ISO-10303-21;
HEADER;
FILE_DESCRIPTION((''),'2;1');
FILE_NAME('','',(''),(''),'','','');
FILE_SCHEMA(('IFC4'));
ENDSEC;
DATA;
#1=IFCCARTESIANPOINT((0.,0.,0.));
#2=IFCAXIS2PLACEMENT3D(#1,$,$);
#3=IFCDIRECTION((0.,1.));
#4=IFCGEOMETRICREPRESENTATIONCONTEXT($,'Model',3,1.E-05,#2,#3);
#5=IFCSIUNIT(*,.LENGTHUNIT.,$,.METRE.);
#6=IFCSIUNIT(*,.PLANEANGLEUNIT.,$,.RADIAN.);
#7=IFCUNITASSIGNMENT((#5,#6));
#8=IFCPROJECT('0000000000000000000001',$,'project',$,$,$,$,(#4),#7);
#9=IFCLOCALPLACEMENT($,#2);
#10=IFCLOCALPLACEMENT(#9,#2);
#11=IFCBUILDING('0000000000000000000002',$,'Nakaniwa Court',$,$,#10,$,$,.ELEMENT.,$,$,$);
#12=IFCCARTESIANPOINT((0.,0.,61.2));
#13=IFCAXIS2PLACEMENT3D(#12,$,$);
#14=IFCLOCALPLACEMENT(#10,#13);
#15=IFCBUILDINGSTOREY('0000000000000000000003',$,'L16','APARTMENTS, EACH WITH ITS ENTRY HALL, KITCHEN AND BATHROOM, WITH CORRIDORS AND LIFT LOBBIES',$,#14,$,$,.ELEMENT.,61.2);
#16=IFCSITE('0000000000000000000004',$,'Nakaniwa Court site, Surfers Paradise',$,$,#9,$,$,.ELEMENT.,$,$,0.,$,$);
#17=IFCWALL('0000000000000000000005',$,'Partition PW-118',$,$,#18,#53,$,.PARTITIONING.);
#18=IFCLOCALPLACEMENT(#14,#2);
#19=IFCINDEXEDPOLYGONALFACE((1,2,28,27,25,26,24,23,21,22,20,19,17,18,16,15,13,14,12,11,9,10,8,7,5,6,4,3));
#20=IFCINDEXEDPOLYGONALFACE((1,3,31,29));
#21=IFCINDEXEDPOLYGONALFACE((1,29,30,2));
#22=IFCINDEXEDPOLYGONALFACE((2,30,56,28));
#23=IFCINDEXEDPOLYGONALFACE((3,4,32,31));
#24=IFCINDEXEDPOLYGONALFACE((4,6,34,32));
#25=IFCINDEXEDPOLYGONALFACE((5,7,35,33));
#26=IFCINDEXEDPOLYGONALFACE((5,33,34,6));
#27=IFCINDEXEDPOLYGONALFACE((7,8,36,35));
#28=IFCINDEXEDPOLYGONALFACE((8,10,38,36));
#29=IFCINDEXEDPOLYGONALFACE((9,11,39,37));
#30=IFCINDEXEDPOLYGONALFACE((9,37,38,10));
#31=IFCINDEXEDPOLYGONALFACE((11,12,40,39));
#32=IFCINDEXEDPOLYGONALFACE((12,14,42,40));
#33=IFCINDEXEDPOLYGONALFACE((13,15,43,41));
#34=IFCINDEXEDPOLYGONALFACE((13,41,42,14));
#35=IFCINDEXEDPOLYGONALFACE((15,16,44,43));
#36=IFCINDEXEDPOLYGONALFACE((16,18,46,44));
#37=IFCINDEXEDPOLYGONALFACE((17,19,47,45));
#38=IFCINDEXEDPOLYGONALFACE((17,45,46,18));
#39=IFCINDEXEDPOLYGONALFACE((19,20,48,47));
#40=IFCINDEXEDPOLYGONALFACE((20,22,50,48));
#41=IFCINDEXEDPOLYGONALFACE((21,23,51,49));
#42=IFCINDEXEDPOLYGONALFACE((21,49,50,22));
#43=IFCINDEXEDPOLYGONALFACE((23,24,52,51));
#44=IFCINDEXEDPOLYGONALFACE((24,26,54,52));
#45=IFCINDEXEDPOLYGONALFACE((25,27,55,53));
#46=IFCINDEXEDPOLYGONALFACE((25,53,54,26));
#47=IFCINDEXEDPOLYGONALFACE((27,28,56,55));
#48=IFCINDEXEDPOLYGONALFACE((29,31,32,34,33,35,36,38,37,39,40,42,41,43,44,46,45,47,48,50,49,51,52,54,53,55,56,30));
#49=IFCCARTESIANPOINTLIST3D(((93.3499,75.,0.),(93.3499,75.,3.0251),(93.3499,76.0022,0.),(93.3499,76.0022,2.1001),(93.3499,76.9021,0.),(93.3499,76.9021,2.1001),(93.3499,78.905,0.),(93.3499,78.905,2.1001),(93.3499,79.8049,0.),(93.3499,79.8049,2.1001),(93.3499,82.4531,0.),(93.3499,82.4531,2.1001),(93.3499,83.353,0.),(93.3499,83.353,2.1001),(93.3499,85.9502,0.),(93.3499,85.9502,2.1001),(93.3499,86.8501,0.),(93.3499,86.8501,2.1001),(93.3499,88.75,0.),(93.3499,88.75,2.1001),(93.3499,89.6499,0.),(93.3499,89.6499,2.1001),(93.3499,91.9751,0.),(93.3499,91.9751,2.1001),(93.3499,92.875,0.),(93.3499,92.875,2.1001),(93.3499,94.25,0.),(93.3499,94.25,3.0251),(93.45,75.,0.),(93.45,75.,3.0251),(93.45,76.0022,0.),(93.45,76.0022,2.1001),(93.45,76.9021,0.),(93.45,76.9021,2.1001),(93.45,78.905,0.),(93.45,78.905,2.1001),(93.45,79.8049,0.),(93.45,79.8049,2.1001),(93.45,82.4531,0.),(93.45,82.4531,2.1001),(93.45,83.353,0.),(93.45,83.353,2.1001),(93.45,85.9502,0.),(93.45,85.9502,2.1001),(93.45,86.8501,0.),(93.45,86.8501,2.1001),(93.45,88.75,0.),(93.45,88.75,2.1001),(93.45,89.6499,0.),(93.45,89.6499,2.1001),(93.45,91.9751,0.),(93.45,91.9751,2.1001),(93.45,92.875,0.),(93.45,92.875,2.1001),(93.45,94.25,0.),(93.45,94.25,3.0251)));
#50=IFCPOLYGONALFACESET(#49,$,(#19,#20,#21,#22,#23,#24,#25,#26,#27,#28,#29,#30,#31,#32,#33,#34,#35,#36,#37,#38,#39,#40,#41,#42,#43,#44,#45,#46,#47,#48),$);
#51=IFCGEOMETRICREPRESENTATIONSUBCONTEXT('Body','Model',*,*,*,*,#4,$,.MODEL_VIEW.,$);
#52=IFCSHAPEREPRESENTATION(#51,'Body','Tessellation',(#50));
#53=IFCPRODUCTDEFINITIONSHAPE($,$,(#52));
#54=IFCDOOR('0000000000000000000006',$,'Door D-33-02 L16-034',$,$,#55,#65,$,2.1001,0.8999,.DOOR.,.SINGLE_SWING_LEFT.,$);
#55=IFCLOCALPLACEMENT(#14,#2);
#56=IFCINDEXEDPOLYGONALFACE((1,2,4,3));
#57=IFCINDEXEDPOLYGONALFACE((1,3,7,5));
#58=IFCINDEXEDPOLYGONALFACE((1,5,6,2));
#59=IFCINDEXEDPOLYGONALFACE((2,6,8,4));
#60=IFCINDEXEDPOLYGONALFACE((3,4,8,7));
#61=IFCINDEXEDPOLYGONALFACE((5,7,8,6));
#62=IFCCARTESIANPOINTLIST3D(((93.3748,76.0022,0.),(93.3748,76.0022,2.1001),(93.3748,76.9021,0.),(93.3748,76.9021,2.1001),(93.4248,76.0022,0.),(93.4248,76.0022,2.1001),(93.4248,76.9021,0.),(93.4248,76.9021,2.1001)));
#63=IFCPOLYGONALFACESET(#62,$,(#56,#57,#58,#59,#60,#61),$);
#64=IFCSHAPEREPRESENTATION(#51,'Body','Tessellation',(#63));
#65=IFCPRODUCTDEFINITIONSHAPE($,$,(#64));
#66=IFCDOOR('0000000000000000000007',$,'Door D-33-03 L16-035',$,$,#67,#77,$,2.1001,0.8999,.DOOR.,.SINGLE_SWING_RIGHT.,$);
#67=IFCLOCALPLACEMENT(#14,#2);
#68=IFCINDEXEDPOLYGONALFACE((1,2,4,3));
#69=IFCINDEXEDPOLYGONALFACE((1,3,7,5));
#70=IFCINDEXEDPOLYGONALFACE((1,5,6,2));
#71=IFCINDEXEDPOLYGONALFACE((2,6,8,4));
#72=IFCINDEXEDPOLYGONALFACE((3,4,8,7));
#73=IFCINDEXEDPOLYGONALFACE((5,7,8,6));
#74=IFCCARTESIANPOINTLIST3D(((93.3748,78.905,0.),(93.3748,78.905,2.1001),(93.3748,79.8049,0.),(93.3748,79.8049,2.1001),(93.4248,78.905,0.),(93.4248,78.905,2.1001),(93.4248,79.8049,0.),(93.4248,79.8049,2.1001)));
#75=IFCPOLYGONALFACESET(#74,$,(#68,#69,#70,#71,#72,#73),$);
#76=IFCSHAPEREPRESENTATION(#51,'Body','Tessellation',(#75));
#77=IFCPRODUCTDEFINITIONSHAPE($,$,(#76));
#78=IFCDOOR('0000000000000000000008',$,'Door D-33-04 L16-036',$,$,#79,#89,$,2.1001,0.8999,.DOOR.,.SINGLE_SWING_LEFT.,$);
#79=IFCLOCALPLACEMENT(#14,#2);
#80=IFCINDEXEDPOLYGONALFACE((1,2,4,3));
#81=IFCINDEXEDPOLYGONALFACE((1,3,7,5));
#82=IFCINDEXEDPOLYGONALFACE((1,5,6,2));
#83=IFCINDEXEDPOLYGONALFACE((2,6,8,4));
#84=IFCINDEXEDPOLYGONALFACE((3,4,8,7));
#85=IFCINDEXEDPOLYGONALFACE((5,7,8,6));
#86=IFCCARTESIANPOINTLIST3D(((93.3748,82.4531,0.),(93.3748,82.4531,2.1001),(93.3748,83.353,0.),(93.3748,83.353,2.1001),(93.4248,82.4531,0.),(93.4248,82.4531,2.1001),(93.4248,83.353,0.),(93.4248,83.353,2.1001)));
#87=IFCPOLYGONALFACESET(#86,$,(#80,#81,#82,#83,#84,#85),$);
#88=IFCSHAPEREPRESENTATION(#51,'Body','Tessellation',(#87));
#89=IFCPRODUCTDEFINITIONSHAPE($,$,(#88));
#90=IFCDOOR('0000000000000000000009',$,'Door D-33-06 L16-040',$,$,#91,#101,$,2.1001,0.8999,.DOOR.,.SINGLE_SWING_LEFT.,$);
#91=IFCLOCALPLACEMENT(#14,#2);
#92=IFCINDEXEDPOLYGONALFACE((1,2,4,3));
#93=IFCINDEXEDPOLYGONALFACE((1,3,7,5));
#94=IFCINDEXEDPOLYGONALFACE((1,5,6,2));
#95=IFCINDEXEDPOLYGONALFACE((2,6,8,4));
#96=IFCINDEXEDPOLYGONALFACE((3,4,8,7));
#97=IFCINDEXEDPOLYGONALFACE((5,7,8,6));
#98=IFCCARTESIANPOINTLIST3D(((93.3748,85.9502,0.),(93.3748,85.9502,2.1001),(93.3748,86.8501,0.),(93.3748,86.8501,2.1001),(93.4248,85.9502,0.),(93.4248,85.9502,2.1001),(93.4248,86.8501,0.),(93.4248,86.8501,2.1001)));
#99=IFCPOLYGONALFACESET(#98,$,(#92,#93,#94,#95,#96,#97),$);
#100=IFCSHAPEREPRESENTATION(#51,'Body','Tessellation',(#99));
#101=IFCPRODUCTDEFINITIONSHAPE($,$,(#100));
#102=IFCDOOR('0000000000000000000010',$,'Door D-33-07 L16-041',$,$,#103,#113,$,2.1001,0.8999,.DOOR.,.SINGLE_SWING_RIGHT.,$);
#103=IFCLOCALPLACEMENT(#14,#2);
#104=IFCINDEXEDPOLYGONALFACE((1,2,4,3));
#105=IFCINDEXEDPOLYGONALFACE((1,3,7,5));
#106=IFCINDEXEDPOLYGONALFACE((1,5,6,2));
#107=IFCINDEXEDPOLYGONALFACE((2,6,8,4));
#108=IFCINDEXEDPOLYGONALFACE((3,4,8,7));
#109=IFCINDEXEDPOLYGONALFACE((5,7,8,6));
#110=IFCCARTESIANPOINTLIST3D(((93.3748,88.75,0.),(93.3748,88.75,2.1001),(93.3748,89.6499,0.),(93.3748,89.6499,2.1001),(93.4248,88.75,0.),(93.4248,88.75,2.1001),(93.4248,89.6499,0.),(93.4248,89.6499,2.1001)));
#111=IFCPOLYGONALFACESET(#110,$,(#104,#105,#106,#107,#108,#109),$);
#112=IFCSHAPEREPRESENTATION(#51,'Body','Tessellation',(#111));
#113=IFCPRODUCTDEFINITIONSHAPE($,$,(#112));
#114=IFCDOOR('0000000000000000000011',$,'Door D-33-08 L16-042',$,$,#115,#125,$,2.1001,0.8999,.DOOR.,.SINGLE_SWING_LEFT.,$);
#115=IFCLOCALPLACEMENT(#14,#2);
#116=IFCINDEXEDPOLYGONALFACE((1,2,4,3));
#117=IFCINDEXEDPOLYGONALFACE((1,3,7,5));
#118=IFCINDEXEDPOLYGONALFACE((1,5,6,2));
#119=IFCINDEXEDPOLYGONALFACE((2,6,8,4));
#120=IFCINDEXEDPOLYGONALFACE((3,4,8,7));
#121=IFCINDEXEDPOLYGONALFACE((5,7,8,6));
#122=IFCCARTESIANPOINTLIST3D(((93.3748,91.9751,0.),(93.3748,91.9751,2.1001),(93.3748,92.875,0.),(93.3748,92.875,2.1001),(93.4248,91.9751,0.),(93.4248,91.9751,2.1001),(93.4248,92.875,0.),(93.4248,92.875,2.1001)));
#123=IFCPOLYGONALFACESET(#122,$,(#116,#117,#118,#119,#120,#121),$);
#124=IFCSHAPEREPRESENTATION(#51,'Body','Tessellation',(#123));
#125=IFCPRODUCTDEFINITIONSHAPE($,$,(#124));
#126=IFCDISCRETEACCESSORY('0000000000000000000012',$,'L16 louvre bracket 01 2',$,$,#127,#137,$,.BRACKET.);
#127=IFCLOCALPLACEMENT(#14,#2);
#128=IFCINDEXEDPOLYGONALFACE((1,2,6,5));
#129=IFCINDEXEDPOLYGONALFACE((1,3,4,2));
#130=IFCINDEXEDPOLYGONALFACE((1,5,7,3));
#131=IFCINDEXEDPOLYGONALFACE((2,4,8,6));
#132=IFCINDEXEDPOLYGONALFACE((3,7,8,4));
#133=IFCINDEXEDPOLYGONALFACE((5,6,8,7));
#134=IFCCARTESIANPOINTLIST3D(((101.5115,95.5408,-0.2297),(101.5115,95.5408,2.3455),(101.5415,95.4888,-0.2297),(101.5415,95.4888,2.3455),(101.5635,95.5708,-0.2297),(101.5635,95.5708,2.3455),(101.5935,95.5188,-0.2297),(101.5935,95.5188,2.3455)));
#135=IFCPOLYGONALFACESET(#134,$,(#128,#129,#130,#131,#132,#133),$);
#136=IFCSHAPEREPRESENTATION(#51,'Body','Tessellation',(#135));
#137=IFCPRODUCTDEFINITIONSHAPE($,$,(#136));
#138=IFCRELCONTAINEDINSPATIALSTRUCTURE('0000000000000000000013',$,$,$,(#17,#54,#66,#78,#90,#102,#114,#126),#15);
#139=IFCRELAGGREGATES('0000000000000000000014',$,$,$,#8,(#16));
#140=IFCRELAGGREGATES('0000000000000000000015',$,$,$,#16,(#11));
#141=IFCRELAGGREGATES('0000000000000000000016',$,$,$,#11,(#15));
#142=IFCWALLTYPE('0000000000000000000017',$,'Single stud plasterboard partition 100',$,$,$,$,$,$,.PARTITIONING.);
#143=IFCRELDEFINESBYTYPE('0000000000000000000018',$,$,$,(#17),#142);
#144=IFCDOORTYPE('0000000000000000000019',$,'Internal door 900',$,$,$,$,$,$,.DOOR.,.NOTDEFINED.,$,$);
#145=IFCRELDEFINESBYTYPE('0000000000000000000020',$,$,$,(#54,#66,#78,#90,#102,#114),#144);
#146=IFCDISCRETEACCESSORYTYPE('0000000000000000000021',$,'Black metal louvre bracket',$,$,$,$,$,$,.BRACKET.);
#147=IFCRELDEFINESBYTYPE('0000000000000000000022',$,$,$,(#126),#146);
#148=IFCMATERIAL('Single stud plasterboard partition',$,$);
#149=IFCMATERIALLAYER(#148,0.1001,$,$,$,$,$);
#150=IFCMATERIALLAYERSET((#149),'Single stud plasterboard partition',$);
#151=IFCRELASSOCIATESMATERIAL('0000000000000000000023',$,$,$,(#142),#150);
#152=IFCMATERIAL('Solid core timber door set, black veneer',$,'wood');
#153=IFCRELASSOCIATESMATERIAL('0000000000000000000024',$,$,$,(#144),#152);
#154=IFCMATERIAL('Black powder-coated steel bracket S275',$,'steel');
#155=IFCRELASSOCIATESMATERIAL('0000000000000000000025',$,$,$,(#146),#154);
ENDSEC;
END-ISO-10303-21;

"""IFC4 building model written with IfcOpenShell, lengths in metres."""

from ifc_helpers import new_model, si_unit, direction, frame, frame_2d, origin, origin_2d, place, context, subcontext, project, spatial, rectangle, extrude, material, layer, layer_set, type_object, element, fill, save


model = new_model("IFC4")

# Units and contexts
model_context = context("Model", 3, precision=1e-05, world=origin(), true_north=direction((0.0, 1.0)))
body_context = subcontext(model_context, "Body", "Model", "MODEL_VIEW")
ifc_project = project(units=[si_unit("LENGTHUNIT", "METRE"), si_unit("PLANEANGLEUNIT", "RADIAN")], contexts=[model_context])

# Site, building, storey
site_placement = place(None, origin())
site = spatial("IfcSite", under=ifc_project, at=site_placement, Name="Nakaniwa Court site, Surfers Paradise", CompositionType="ELEMENT", RefElevation=0.0)
building_placement = place(site_placement, origin())
building = spatial("IfcBuilding", under=site, at=building_placement, Name="Nakaniwa Court", CompositionType="ELEMENT")
storey_placement = place(building_placement, frame((0.0, 0.0, 61.2)))
storey = spatial("IfcBuildingStorey", under=building, at=storey_placement, Name="L16", Description="APARTMENTS, EACH WITH ITS ENTRY HALL, KITCHEN AND BATHROOM, WITH CORRIDORS AND LIFT LOBBIES", CompositionType="ELEMENT", Elevation=61.2)

# Shared definitions
ifc_material_1 = material(Name="Solid core timber door set, black veneer", Category="wood")

# Wall, openings, doors
ifc_material_2 = material(Name="Single stud plasterboard partition")
ifc_layer_1 = layer(ifc_material_2, 0.1001)
ifc_layer_set_1 = layer_set([ifc_layer_1], Name="Single stud plasterboard partition")
wall_type_1 = type_object("IfcWallType", Name="Single stud plasterboard partition 100", PredefinedType="PARTITIONING", material=ifc_layer_set_1)
wall_1_placement = place(storey_placement, frame((93.3999, 94.25, 0.0), z_axis=(0.0, 0.0, 1.0), x_axis=(0.0, -1.0, 0.0)))
wall_1 = element("IfcWall", 1, at=wall_1_placement, inside=storey, type_object=wall_type_1, Name="Partition PW-118", PredefinedType="PARTITIONING", context=body_context, shape_type="SweptSolid", body=[
    extrude(rectangle(XDim=19.25, YDim=0.1001, at=frame_2d((9.625, 0.0))), origin(), (0.0, 0.0, 1.0), 3.0251),
])
opening_1_placement = place(wall_1_placement, frame((17.3479, 0.0, 0.0)))
opening_1 = element("IfcOpeningElement", 2, at=opening_1_placement, cuts=wall_1, PredefinedType="OPENING", context=body_context, shape_type="SweptSolid", body=[
    extrude(rectangle(XDim=0.8999, YDim=2.1001, at=frame_2d((0.45, 1.05))), frame((0.0, 0.0601, 0.0), z_axis=(0.0, -1.0, 0.0), x_axis=(1.0, 0.0, 0.0)), (0.0, 0.0, 1.0), 0.1201),
])
opening_2_placement = place(wall_1_placement, frame((14.4451, 0.0, 0.0)))
opening_2 = element("IfcOpeningElement", 3, at=opening_2_placement, cuts=wall_1, PredefinedType="OPENING", context=body_context, shape_type="SweptSolid", body=[
    extrude(rectangle(XDim=0.8999, YDim=2.1001, at=frame_2d((0.45, 1.05))), frame((0.0, 0.0601, 0.0), z_axis=(0.0, -1.0, 0.0), x_axis=(1.0, 0.0, 0.0)), (0.0, 0.0, 1.0), 0.1201),
])
opening_3_placement = place(wall_1_placement, frame((10.897, 0.0, 0.0)))
opening_3 = element("IfcOpeningElement", 4, at=opening_3_placement, cuts=wall_1, PredefinedType="OPENING", context=body_context, shape_type="SweptSolid", body=[
    extrude(rectangle(XDim=0.8999, YDim=2.1001, at=frame_2d((0.45, 1.05))), frame((0.0, 0.0601, 0.0), z_axis=(0.0, -1.0, 0.0), x_axis=(1.0, 0.0, 0.0)), (0.0, 0.0, 1.0), 0.1201),
])
opening_4_placement = place(wall_1_placement, frame((7.3999, 0.0, 0.0)))
opening_4 = element("IfcOpeningElement", 5, at=opening_4_placement, cuts=wall_1, PredefinedType="OPENING", context=body_context, shape_type="SweptSolid", body=[
    extrude(rectangle(XDim=0.8999, YDim=2.1001, at=frame_2d((0.45, 1.05))), frame((0.0, 0.0601, 0.0), z_axis=(0.0, -1.0, 0.0), x_axis=(1.0, 0.0, 0.0)), (0.0, 0.0, 1.0), 0.1201),
])
opening_5_placement = place(wall_1_placement, frame((4.6001, 0.0, 0.0)))
opening_5 = element("IfcOpeningElement", 6, at=opening_5_placement, cuts=wall_1, PredefinedType="OPENING", context=body_context, shape_type="SweptSolid", body=[
    extrude(rectangle(XDim=0.8999, YDim=2.1001, at=frame_2d((0.45, 1.05))), frame((0.0, 0.0601, 0.0), z_axis=(0.0, -1.0, 0.0), x_axis=(1.0, 0.0, 0.0)), (0.0, 0.0, 1.0), 0.1201),
])
opening_6_placement = place(wall_1_placement, frame((1.375, 0.0, 0.0)))
opening_6 = element("IfcOpeningElement", 7, at=opening_6_placement, cuts=wall_1, PredefinedType="OPENING", context=body_context, shape_type="SweptSolid", body=[
    extrude(rectangle(XDim=0.8999, YDim=2.1001, at=frame_2d((0.45, 1.05))), frame((0.0, 0.0601, 0.0), z_axis=(0.0, -1.0, 0.0), x_axis=(1.0, 0.0, 0.0)), (0.0, 0.0, 1.0), 0.1201),
])
door_type_1 = type_object("IfcDoorType", Name="Internal door 900", OperationType="NOTDEFINED", PredefinedType="DOOR", material=ifc_material_1)
door_1_placement = place(opening_1_placement, origin())
door_1 = element("IfcDoor", 8, at=door_1_placement, inside=storey, type_object=door_type_1, Name="Door D-33-02 L16-034", OperationType="SINGLE_SWING_LEFT", OverallHeight=2.1001, OverallWidth=0.8999, PredefinedType="DOOR", context=body_context, shape_type="SweptSolid", body=[
    extrude(rectangle(XDim=0.8999, YDim=2.1001, at=frame_2d((0.45, 1.05))), frame((0.0, 0.0249, 0.0), z_axis=(0.0, -1.0, 0.0), x_axis=(1.0, 0.0, 0.0)), (0.0, 0.0, 1.0), 0.05),
])
fill(opening_1, door_1)
door_2_placement = place(opening_2_placement, origin())
door_2 = element("IfcDoor", 9, at=door_2_placement, inside=storey, type_object=door_type_1, Name="Door D-33-03 L16-035", OperationType="SINGLE_SWING_RIGHT", OverallHeight=2.1001, OverallWidth=0.8999, PredefinedType="DOOR", context=body_context, shape_type="SweptSolid", body=[
    extrude(rectangle(XDim=0.8999, YDim=2.1001, at=frame_2d((0.45, 1.05))), frame((0.0, 0.0249, 0.0), z_axis=(0.0, -1.0, 0.0), x_axis=(1.0, 0.0, 0.0)), (0.0, 0.0, 1.0), 0.05),
])
fill(opening_2, door_2)
door_3_placement = place(opening_3_placement, origin())
door_3 = element("IfcDoor", 10, at=door_3_placement, inside=storey, type_object=door_type_1, Name="Door D-33-04 L16-036", OperationType="SINGLE_SWING_LEFT", OverallHeight=2.1001, OverallWidth=0.8999, PredefinedType="DOOR", context=body_context, shape_type="SweptSolid", body=[
    extrude(rectangle(XDim=0.8999, YDim=2.1001, at=frame_2d((0.45, 1.05))), frame((0.0, 0.0249, 0.0), z_axis=(0.0, -1.0, 0.0), x_axis=(1.0, 0.0, 0.0)), (0.0, 0.0, 1.0), 0.05),
])
fill(opening_3, door_3)
door_4_placement = place(opening_4_placement, origin())
door_4 = element("IfcDoor", 11, at=door_4_placement, inside=storey, type_object=door_type_1, Name="Door D-33-06 L16-040", OperationType="SINGLE_SWING_LEFT", OverallHeight=2.1001, OverallWidth=0.8999, PredefinedType="DOOR", context=body_context, shape_type="SweptSolid", body=[
    extrude(rectangle(XDim=0.8999, YDim=2.1001, at=frame_2d((0.45, 1.05))), frame((0.0, 0.0249, 0.0), z_axis=(0.0, -1.0, 0.0), x_axis=(1.0, 0.0, 0.0)), (0.0, 0.0, 1.0), 0.05),
])
fill(opening_4, door_4)
door_5_placement = place(opening_5_placement, origin())
door_5 = element("IfcDoor", 12, at=door_5_placement, inside=storey, type_object=door_type_1, Name="Door D-33-07 L16-041", OperationType="SINGLE_SWING_RIGHT", OverallHeight=2.1001, OverallWidth=0.8999, PredefinedType="DOOR", context=body_context, shape_type="SweptSolid", body=[
    extrude(rectangle(XDim=0.8999, YDim=2.1001, at=frame_2d((0.45, 1.05))), frame((0.0, 0.0249, 0.0), z_axis=(0.0, -1.0, 0.0), x_axis=(1.0, 0.0, 0.0)), (0.0, 0.0, 1.0), 0.05),
])
fill(opening_5, door_5)
door_6_placement = place(opening_6_placement, origin())
door_6 = element("IfcDoor", 13, at=door_6_placement, inside=storey, type_object=door_type_1, Name="Door D-33-08 L16-042", OperationType="SINGLE_SWING_LEFT", OverallHeight=2.1001, OverallWidth=0.8999, PredefinedType="DOOR", context=body_context, shape_type="SweptSolid", body=[
    extrude(rectangle(XDim=0.8999, YDim=2.1001, at=frame_2d((0.45, 1.05))), frame((0.0, 0.0249, 0.0), z_axis=(0.0, -1.0, 0.0), x_axis=(1.0, 0.0, 0.0)), (0.0, 0.0, 1.0), 0.05),
])
fill(opening_6, door_6)

# Discrete accessory
ifc_material_3 = material(Name="Black powder-coated steel bracket S275", Category="steel")
discrete_accessory_type = type_object("IfcDiscreteAccessoryType", Name="Black metal louvre bracket", PredefinedType="BRACKET", material=ifc_material_3)
discrete_accessory_placement = place(storey_placement, frame((101.5525, 95.5298, -0.2297), z_axis=(0.0, 0.0, 1.0), x_axis=(-0.500005, 0.866023, 0.0)))
element("IfcDiscreteAccessory", 14, at=discrete_accessory_placement, inside=storey, type_object=discrete_accessory_type, Name="L16 louvre bracket 01 2", PredefinedType="BRACKET", context=body_context, shape_type="SweptSolid", body=[
    extrude(rectangle(XDim=0.0601, YDim=0.0601, at=origin_2d()), origin(), (0.0, 0.0, 1.0), 2.5752),
])

save(model, "model.ifc")
